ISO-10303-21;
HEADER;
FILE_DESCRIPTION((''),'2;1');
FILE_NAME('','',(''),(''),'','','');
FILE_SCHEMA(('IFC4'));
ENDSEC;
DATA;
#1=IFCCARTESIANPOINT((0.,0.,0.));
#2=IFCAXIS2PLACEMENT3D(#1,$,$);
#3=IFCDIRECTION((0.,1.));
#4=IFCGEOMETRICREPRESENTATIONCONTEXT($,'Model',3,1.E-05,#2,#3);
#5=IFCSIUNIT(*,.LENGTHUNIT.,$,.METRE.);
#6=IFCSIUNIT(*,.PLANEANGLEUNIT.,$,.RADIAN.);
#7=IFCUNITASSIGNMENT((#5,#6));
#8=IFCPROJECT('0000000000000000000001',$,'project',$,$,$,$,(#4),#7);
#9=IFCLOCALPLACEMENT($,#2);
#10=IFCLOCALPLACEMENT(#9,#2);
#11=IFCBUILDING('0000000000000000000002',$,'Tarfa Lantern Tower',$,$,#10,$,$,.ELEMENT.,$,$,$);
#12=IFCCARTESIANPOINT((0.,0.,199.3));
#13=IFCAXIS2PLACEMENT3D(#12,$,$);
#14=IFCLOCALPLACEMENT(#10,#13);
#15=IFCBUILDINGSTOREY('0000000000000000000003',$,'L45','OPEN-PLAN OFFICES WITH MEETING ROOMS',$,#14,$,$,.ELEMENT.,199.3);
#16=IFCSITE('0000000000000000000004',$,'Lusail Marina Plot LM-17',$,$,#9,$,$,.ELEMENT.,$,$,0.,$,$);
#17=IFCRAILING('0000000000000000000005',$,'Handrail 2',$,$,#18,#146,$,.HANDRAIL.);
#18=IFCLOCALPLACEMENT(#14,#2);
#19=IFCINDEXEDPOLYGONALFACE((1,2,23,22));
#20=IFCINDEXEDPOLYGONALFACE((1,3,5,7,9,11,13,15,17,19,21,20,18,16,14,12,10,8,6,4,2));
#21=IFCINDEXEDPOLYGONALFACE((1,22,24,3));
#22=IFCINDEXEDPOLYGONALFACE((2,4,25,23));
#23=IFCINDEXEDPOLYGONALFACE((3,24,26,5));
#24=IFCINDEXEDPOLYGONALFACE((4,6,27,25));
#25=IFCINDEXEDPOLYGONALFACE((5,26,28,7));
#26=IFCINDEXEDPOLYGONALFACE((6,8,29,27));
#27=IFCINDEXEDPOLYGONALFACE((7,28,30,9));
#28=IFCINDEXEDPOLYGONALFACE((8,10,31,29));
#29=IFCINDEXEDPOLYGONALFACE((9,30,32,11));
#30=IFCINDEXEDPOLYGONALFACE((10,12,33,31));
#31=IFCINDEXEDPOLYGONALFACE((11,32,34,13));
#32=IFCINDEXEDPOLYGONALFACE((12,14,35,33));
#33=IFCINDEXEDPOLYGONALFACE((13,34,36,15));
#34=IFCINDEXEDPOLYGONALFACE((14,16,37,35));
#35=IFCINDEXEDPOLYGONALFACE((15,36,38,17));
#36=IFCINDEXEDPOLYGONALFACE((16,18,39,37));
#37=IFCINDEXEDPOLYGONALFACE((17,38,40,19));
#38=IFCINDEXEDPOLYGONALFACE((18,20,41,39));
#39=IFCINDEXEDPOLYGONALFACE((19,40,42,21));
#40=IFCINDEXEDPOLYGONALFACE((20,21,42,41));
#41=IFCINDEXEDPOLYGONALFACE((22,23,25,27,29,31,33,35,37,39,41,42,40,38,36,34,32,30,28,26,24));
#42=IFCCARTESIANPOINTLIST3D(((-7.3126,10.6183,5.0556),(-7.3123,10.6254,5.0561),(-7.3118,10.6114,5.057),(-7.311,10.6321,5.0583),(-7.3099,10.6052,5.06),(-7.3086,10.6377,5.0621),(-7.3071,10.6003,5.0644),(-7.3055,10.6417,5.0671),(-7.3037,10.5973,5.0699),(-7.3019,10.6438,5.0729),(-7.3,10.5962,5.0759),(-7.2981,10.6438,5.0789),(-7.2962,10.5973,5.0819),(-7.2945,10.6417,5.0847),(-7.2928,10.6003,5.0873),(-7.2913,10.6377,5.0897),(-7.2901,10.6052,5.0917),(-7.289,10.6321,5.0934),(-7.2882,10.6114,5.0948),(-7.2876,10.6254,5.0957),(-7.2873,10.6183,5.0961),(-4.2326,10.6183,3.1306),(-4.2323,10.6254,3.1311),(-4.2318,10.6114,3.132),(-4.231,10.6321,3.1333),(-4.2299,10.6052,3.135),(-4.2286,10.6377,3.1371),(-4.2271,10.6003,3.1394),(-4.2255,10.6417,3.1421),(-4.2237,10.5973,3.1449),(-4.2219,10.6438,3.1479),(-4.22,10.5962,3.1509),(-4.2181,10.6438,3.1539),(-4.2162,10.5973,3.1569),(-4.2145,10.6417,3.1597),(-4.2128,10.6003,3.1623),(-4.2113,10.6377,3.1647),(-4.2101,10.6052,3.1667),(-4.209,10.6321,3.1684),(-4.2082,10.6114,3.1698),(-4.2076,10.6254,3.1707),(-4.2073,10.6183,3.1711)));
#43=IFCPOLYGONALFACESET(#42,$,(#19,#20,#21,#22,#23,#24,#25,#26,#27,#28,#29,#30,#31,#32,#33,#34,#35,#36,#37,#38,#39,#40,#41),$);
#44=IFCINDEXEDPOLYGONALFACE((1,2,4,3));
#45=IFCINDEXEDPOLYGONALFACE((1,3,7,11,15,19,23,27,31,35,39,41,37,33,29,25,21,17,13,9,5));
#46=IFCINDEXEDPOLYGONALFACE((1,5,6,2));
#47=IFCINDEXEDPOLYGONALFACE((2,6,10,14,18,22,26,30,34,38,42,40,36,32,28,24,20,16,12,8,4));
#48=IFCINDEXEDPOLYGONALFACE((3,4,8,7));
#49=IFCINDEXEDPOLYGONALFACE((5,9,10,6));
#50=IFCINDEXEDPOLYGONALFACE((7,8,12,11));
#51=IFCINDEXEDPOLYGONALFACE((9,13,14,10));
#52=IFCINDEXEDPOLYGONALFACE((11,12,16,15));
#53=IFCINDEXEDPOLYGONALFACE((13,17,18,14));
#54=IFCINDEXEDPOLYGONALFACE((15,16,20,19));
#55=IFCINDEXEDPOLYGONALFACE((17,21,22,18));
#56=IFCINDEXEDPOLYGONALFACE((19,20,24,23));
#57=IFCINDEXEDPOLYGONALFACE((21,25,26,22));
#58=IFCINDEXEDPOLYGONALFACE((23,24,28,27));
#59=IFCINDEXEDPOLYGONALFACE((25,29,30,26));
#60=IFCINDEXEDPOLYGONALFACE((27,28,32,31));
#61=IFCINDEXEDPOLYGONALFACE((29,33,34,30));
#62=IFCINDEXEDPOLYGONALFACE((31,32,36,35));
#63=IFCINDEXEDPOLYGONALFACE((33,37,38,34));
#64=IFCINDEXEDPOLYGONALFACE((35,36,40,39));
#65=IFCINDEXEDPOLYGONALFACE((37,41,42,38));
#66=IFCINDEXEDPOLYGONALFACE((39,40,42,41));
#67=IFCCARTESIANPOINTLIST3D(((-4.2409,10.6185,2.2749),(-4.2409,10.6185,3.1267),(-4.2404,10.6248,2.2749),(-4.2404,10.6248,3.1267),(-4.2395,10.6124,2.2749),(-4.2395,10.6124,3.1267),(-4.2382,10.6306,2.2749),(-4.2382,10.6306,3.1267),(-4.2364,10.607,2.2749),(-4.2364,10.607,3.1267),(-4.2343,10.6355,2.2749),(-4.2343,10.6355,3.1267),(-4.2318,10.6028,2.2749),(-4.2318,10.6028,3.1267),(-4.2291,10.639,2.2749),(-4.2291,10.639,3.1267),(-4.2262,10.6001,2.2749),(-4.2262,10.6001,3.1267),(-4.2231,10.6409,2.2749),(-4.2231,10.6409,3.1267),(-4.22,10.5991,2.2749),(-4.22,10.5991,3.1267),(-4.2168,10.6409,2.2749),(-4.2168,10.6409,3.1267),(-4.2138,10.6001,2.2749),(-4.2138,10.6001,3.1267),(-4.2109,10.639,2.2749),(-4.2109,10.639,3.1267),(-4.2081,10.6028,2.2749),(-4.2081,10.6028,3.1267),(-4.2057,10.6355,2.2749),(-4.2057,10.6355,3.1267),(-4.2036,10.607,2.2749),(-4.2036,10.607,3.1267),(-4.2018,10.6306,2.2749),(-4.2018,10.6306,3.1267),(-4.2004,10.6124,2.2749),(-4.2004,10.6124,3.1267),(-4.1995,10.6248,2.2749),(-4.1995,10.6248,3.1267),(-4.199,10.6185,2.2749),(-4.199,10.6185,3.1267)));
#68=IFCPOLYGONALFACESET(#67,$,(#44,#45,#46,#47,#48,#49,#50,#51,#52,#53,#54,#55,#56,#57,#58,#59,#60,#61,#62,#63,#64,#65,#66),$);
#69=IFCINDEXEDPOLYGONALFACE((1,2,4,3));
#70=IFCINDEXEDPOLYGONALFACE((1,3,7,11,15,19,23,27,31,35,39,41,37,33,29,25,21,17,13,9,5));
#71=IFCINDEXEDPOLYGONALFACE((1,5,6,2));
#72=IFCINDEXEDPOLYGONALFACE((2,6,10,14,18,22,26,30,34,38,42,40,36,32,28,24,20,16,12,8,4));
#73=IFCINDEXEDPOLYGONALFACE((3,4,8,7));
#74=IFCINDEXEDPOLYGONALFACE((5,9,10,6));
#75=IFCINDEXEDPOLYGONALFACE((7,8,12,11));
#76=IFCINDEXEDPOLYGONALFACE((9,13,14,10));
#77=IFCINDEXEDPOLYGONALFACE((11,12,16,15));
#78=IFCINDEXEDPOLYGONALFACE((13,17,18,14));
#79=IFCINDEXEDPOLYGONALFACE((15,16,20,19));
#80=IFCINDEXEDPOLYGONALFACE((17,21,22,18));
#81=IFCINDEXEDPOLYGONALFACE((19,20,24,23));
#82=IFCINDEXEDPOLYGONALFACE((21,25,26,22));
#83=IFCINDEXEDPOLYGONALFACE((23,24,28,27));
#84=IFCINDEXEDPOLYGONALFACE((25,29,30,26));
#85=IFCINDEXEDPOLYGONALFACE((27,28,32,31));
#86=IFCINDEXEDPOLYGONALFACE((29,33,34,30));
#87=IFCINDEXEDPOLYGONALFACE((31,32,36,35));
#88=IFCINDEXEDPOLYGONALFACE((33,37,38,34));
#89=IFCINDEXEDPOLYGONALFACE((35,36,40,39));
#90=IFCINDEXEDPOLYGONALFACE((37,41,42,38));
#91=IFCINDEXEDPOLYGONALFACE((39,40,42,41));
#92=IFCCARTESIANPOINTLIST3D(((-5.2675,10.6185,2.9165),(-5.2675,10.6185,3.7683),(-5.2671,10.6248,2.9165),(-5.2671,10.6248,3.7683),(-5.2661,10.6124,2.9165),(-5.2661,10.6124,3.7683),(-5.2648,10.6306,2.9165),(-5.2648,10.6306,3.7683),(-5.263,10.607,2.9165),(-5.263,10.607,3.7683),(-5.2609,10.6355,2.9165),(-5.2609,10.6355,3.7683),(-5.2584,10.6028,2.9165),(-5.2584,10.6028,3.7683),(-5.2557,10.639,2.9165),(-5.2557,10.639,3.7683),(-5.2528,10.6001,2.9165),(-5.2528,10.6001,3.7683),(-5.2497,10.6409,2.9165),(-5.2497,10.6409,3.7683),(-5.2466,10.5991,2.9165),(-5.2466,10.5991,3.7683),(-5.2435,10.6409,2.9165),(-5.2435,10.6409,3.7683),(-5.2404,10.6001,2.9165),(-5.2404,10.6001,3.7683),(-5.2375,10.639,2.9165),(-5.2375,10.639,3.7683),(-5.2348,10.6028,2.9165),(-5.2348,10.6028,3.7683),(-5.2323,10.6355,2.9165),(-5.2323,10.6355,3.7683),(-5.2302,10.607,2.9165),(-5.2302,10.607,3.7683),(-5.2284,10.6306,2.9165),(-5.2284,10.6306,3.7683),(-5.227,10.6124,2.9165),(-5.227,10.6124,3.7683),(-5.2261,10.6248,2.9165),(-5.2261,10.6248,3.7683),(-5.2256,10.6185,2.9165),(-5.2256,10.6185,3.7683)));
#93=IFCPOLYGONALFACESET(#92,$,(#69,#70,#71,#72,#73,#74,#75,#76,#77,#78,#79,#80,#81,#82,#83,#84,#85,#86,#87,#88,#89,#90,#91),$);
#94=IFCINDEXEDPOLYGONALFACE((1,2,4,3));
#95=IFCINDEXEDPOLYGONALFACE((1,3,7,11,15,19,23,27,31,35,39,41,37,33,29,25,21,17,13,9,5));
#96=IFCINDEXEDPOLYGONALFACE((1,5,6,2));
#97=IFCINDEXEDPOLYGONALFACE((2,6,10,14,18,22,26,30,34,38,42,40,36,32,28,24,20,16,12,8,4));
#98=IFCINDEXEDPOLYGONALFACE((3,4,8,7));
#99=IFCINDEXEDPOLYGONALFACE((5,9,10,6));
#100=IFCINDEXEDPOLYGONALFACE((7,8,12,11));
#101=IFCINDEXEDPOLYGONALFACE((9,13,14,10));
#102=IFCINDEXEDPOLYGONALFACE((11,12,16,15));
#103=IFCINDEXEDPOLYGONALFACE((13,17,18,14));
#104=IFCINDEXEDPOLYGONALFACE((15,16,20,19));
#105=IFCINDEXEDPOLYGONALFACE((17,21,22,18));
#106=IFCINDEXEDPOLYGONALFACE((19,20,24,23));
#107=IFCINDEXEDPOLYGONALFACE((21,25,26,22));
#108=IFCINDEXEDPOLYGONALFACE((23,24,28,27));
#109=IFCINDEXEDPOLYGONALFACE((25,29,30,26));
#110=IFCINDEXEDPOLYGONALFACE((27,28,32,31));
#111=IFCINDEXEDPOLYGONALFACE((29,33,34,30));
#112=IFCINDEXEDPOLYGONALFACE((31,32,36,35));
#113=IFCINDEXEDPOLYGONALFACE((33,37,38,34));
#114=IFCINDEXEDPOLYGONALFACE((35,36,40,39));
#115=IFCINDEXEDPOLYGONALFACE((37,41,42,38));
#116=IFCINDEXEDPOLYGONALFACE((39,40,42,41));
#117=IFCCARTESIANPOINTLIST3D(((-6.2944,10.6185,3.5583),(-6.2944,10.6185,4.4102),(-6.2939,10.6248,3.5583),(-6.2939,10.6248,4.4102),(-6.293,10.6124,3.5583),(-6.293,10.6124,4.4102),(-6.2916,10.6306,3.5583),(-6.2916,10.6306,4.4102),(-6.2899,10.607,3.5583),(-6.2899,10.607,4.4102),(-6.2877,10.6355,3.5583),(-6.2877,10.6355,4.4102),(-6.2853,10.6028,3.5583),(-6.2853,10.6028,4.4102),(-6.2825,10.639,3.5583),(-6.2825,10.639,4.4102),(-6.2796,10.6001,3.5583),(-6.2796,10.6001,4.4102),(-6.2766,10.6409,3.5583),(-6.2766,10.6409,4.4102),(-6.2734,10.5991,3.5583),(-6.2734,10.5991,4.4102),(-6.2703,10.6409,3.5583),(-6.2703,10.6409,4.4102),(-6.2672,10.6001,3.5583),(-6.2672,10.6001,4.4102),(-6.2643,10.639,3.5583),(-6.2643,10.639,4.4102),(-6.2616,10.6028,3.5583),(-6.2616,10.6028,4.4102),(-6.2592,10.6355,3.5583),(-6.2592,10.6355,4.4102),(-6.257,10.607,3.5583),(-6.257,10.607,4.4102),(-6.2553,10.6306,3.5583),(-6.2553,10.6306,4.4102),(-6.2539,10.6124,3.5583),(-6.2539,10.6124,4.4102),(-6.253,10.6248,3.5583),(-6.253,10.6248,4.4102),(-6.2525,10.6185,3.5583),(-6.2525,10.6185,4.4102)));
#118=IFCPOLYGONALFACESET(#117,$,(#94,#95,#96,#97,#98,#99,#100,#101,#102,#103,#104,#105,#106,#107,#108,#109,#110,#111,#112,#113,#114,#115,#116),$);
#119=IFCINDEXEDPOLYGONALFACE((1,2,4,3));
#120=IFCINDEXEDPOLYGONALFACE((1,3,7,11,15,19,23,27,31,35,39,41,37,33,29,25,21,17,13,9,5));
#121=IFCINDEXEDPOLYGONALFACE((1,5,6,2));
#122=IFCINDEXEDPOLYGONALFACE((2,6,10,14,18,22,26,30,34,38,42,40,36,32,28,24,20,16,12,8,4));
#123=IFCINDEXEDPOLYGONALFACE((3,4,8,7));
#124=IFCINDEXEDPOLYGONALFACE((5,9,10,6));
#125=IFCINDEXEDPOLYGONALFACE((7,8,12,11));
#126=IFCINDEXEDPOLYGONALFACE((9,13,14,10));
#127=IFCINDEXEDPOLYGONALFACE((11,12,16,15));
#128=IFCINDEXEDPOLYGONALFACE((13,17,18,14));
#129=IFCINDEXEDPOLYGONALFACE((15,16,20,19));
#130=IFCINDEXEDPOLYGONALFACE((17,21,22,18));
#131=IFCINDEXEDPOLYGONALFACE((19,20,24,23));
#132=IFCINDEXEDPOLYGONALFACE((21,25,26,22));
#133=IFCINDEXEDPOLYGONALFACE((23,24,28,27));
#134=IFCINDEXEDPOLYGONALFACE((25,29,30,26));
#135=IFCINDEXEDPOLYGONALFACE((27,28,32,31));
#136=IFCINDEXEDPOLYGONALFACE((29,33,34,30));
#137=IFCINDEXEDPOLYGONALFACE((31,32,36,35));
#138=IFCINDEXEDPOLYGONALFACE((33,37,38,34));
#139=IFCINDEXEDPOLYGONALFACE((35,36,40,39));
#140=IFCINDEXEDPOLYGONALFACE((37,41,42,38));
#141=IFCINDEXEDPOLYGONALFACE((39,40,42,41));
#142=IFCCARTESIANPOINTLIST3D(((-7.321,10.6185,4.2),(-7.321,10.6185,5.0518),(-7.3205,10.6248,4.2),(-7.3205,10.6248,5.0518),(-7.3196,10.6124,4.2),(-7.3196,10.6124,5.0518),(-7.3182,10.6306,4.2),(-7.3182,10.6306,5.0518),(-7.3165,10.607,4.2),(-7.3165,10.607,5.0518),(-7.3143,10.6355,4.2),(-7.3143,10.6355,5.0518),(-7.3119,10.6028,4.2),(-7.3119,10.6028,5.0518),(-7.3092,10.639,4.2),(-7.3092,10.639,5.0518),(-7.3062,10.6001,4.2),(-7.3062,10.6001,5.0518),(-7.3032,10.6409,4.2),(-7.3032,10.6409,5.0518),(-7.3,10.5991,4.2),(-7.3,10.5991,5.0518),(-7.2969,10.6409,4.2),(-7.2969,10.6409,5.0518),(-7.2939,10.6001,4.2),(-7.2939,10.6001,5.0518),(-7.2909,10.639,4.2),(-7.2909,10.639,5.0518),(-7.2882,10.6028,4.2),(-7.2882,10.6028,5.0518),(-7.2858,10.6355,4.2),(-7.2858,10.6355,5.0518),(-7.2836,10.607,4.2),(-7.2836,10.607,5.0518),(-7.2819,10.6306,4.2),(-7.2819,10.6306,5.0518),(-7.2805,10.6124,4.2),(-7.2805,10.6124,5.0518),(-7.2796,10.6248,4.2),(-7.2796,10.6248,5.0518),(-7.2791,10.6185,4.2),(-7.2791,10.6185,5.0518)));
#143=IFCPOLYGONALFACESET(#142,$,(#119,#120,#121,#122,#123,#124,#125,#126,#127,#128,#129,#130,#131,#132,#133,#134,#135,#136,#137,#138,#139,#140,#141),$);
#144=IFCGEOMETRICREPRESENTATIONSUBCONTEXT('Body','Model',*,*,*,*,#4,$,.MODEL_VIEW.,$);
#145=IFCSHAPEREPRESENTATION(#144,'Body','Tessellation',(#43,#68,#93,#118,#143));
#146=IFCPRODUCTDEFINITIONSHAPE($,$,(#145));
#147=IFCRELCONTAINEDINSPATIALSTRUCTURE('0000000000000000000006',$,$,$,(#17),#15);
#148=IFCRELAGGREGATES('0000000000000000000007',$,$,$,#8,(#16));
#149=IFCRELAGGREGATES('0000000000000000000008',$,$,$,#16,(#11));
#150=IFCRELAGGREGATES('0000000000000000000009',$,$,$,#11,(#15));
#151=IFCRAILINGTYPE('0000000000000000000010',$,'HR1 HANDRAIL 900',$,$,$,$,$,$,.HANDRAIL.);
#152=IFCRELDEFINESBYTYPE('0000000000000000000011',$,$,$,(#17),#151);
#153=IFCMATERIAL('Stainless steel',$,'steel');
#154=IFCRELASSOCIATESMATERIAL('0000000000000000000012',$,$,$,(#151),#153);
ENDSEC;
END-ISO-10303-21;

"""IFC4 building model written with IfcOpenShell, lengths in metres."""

from ifc_helpers import new_model, si_unit, direction, frame, origin, origin_2d, place, context, subcontext, project, spatial, circle, extrude, material, type_object, element, save


model = new_model("IFC4")

# Units and contexts
model_context = context("Model", 3, precision=1e-05, world=origin(), true_north=direction((0.0, 1.0)))
body_context = subcontext(model_context, "Body", "Model", "MODEL_VIEW")
ifc_project = project(units=[si_unit("LENGTHUNIT", "METRE"), si_unit("PLANEANGLEUNIT", "RADIAN")], contexts=[model_context])

# Site, building, storey
site_placement = place(None, origin())
site = spatial("IfcSite", under=ifc_project, at=site_placement, Name="Lusail Marina Plot LM-17", CompositionType="ELEMENT", RefElevation=0.0)
building_placement = place(site_placement, origin())
building = spatial("IfcBuilding", under=site, at=building_placement, Name="Tarfa Lantern Tower", CompositionType="ELEMENT")
storey_placement = place(building_placement, frame((0.0, 0.0, 199.3)))
storey = spatial("IfcBuildingStorey", under=building, at=storey_placement, Name="L45", Description="OPEN-PLAN OFFICES WITH MEETING ROOMS", CompositionType="ELEMENT", Elevation=199.3)

# Railing
ifc_material_1 = material(Name="Stainless steel", Category="steel")
railing_type = type_object("IfcRailingType", Name="HR1 HANDRAIL 900", PredefinedType="HANDRAIL", material=ifc_material_1)
railing_1_placement = place(storey_placement, frame((-4.22, 10.6201, 2.2749)))
element("IfcRailing", 1, at=railing_1_placement, inside=storey, type_object=railing_type, Name="Handrail 2", PredefinedType="HANDRAIL", context=body_context, shape_type="SweptSolid", body=[
    extrude(circle(Radius=0.0239, at=origin_2d()), frame((0.0, 0.0, 0.876), z_axis=(-0.847998, 0.0, 0.529999), x_axis=(0.0, -1.0, 0.0)), (0.0, 0.0, 1.0), 3.6321),
    extrude(circle(Radius=0.021, at=origin_2d()), frame((0.0, 0.0, 0.0), z_axis=(0.0, 0.0, 1.0), x_axis=(0.0, -1.0, 0.0)), (0.0, 0.0, 1.0), 0.8518),
    extrude(circle(Radius=0.021, at=origin_2d()), frame((-1.0266, 0.0, 0.6416), z_axis=(0.0, 0.0, 1.0), x_axis=(0.0, -1.0, 0.0)), (0.0, 0.0, 1.0), 0.8518),
    extrude(circle(Radius=0.021, at=origin_2d()), frame((-2.0535, 0.0, 1.2834), z_axis=(0.0, 0.0, 1.0), x_axis=(0.0, -1.0, 0.0)), (0.0, 0.0, 1.0), 0.8518),
    extrude(circle(Radius=0.021, at=origin_2d()), frame((-3.0801, 0.0, 1.925), z_axis=(0.0, 0.0, 1.0), x_axis=(0.0, -1.0, 0.0)), (0.0, 0.0, 1.0), 0.8518),
])

save(model, "model.ifc")
